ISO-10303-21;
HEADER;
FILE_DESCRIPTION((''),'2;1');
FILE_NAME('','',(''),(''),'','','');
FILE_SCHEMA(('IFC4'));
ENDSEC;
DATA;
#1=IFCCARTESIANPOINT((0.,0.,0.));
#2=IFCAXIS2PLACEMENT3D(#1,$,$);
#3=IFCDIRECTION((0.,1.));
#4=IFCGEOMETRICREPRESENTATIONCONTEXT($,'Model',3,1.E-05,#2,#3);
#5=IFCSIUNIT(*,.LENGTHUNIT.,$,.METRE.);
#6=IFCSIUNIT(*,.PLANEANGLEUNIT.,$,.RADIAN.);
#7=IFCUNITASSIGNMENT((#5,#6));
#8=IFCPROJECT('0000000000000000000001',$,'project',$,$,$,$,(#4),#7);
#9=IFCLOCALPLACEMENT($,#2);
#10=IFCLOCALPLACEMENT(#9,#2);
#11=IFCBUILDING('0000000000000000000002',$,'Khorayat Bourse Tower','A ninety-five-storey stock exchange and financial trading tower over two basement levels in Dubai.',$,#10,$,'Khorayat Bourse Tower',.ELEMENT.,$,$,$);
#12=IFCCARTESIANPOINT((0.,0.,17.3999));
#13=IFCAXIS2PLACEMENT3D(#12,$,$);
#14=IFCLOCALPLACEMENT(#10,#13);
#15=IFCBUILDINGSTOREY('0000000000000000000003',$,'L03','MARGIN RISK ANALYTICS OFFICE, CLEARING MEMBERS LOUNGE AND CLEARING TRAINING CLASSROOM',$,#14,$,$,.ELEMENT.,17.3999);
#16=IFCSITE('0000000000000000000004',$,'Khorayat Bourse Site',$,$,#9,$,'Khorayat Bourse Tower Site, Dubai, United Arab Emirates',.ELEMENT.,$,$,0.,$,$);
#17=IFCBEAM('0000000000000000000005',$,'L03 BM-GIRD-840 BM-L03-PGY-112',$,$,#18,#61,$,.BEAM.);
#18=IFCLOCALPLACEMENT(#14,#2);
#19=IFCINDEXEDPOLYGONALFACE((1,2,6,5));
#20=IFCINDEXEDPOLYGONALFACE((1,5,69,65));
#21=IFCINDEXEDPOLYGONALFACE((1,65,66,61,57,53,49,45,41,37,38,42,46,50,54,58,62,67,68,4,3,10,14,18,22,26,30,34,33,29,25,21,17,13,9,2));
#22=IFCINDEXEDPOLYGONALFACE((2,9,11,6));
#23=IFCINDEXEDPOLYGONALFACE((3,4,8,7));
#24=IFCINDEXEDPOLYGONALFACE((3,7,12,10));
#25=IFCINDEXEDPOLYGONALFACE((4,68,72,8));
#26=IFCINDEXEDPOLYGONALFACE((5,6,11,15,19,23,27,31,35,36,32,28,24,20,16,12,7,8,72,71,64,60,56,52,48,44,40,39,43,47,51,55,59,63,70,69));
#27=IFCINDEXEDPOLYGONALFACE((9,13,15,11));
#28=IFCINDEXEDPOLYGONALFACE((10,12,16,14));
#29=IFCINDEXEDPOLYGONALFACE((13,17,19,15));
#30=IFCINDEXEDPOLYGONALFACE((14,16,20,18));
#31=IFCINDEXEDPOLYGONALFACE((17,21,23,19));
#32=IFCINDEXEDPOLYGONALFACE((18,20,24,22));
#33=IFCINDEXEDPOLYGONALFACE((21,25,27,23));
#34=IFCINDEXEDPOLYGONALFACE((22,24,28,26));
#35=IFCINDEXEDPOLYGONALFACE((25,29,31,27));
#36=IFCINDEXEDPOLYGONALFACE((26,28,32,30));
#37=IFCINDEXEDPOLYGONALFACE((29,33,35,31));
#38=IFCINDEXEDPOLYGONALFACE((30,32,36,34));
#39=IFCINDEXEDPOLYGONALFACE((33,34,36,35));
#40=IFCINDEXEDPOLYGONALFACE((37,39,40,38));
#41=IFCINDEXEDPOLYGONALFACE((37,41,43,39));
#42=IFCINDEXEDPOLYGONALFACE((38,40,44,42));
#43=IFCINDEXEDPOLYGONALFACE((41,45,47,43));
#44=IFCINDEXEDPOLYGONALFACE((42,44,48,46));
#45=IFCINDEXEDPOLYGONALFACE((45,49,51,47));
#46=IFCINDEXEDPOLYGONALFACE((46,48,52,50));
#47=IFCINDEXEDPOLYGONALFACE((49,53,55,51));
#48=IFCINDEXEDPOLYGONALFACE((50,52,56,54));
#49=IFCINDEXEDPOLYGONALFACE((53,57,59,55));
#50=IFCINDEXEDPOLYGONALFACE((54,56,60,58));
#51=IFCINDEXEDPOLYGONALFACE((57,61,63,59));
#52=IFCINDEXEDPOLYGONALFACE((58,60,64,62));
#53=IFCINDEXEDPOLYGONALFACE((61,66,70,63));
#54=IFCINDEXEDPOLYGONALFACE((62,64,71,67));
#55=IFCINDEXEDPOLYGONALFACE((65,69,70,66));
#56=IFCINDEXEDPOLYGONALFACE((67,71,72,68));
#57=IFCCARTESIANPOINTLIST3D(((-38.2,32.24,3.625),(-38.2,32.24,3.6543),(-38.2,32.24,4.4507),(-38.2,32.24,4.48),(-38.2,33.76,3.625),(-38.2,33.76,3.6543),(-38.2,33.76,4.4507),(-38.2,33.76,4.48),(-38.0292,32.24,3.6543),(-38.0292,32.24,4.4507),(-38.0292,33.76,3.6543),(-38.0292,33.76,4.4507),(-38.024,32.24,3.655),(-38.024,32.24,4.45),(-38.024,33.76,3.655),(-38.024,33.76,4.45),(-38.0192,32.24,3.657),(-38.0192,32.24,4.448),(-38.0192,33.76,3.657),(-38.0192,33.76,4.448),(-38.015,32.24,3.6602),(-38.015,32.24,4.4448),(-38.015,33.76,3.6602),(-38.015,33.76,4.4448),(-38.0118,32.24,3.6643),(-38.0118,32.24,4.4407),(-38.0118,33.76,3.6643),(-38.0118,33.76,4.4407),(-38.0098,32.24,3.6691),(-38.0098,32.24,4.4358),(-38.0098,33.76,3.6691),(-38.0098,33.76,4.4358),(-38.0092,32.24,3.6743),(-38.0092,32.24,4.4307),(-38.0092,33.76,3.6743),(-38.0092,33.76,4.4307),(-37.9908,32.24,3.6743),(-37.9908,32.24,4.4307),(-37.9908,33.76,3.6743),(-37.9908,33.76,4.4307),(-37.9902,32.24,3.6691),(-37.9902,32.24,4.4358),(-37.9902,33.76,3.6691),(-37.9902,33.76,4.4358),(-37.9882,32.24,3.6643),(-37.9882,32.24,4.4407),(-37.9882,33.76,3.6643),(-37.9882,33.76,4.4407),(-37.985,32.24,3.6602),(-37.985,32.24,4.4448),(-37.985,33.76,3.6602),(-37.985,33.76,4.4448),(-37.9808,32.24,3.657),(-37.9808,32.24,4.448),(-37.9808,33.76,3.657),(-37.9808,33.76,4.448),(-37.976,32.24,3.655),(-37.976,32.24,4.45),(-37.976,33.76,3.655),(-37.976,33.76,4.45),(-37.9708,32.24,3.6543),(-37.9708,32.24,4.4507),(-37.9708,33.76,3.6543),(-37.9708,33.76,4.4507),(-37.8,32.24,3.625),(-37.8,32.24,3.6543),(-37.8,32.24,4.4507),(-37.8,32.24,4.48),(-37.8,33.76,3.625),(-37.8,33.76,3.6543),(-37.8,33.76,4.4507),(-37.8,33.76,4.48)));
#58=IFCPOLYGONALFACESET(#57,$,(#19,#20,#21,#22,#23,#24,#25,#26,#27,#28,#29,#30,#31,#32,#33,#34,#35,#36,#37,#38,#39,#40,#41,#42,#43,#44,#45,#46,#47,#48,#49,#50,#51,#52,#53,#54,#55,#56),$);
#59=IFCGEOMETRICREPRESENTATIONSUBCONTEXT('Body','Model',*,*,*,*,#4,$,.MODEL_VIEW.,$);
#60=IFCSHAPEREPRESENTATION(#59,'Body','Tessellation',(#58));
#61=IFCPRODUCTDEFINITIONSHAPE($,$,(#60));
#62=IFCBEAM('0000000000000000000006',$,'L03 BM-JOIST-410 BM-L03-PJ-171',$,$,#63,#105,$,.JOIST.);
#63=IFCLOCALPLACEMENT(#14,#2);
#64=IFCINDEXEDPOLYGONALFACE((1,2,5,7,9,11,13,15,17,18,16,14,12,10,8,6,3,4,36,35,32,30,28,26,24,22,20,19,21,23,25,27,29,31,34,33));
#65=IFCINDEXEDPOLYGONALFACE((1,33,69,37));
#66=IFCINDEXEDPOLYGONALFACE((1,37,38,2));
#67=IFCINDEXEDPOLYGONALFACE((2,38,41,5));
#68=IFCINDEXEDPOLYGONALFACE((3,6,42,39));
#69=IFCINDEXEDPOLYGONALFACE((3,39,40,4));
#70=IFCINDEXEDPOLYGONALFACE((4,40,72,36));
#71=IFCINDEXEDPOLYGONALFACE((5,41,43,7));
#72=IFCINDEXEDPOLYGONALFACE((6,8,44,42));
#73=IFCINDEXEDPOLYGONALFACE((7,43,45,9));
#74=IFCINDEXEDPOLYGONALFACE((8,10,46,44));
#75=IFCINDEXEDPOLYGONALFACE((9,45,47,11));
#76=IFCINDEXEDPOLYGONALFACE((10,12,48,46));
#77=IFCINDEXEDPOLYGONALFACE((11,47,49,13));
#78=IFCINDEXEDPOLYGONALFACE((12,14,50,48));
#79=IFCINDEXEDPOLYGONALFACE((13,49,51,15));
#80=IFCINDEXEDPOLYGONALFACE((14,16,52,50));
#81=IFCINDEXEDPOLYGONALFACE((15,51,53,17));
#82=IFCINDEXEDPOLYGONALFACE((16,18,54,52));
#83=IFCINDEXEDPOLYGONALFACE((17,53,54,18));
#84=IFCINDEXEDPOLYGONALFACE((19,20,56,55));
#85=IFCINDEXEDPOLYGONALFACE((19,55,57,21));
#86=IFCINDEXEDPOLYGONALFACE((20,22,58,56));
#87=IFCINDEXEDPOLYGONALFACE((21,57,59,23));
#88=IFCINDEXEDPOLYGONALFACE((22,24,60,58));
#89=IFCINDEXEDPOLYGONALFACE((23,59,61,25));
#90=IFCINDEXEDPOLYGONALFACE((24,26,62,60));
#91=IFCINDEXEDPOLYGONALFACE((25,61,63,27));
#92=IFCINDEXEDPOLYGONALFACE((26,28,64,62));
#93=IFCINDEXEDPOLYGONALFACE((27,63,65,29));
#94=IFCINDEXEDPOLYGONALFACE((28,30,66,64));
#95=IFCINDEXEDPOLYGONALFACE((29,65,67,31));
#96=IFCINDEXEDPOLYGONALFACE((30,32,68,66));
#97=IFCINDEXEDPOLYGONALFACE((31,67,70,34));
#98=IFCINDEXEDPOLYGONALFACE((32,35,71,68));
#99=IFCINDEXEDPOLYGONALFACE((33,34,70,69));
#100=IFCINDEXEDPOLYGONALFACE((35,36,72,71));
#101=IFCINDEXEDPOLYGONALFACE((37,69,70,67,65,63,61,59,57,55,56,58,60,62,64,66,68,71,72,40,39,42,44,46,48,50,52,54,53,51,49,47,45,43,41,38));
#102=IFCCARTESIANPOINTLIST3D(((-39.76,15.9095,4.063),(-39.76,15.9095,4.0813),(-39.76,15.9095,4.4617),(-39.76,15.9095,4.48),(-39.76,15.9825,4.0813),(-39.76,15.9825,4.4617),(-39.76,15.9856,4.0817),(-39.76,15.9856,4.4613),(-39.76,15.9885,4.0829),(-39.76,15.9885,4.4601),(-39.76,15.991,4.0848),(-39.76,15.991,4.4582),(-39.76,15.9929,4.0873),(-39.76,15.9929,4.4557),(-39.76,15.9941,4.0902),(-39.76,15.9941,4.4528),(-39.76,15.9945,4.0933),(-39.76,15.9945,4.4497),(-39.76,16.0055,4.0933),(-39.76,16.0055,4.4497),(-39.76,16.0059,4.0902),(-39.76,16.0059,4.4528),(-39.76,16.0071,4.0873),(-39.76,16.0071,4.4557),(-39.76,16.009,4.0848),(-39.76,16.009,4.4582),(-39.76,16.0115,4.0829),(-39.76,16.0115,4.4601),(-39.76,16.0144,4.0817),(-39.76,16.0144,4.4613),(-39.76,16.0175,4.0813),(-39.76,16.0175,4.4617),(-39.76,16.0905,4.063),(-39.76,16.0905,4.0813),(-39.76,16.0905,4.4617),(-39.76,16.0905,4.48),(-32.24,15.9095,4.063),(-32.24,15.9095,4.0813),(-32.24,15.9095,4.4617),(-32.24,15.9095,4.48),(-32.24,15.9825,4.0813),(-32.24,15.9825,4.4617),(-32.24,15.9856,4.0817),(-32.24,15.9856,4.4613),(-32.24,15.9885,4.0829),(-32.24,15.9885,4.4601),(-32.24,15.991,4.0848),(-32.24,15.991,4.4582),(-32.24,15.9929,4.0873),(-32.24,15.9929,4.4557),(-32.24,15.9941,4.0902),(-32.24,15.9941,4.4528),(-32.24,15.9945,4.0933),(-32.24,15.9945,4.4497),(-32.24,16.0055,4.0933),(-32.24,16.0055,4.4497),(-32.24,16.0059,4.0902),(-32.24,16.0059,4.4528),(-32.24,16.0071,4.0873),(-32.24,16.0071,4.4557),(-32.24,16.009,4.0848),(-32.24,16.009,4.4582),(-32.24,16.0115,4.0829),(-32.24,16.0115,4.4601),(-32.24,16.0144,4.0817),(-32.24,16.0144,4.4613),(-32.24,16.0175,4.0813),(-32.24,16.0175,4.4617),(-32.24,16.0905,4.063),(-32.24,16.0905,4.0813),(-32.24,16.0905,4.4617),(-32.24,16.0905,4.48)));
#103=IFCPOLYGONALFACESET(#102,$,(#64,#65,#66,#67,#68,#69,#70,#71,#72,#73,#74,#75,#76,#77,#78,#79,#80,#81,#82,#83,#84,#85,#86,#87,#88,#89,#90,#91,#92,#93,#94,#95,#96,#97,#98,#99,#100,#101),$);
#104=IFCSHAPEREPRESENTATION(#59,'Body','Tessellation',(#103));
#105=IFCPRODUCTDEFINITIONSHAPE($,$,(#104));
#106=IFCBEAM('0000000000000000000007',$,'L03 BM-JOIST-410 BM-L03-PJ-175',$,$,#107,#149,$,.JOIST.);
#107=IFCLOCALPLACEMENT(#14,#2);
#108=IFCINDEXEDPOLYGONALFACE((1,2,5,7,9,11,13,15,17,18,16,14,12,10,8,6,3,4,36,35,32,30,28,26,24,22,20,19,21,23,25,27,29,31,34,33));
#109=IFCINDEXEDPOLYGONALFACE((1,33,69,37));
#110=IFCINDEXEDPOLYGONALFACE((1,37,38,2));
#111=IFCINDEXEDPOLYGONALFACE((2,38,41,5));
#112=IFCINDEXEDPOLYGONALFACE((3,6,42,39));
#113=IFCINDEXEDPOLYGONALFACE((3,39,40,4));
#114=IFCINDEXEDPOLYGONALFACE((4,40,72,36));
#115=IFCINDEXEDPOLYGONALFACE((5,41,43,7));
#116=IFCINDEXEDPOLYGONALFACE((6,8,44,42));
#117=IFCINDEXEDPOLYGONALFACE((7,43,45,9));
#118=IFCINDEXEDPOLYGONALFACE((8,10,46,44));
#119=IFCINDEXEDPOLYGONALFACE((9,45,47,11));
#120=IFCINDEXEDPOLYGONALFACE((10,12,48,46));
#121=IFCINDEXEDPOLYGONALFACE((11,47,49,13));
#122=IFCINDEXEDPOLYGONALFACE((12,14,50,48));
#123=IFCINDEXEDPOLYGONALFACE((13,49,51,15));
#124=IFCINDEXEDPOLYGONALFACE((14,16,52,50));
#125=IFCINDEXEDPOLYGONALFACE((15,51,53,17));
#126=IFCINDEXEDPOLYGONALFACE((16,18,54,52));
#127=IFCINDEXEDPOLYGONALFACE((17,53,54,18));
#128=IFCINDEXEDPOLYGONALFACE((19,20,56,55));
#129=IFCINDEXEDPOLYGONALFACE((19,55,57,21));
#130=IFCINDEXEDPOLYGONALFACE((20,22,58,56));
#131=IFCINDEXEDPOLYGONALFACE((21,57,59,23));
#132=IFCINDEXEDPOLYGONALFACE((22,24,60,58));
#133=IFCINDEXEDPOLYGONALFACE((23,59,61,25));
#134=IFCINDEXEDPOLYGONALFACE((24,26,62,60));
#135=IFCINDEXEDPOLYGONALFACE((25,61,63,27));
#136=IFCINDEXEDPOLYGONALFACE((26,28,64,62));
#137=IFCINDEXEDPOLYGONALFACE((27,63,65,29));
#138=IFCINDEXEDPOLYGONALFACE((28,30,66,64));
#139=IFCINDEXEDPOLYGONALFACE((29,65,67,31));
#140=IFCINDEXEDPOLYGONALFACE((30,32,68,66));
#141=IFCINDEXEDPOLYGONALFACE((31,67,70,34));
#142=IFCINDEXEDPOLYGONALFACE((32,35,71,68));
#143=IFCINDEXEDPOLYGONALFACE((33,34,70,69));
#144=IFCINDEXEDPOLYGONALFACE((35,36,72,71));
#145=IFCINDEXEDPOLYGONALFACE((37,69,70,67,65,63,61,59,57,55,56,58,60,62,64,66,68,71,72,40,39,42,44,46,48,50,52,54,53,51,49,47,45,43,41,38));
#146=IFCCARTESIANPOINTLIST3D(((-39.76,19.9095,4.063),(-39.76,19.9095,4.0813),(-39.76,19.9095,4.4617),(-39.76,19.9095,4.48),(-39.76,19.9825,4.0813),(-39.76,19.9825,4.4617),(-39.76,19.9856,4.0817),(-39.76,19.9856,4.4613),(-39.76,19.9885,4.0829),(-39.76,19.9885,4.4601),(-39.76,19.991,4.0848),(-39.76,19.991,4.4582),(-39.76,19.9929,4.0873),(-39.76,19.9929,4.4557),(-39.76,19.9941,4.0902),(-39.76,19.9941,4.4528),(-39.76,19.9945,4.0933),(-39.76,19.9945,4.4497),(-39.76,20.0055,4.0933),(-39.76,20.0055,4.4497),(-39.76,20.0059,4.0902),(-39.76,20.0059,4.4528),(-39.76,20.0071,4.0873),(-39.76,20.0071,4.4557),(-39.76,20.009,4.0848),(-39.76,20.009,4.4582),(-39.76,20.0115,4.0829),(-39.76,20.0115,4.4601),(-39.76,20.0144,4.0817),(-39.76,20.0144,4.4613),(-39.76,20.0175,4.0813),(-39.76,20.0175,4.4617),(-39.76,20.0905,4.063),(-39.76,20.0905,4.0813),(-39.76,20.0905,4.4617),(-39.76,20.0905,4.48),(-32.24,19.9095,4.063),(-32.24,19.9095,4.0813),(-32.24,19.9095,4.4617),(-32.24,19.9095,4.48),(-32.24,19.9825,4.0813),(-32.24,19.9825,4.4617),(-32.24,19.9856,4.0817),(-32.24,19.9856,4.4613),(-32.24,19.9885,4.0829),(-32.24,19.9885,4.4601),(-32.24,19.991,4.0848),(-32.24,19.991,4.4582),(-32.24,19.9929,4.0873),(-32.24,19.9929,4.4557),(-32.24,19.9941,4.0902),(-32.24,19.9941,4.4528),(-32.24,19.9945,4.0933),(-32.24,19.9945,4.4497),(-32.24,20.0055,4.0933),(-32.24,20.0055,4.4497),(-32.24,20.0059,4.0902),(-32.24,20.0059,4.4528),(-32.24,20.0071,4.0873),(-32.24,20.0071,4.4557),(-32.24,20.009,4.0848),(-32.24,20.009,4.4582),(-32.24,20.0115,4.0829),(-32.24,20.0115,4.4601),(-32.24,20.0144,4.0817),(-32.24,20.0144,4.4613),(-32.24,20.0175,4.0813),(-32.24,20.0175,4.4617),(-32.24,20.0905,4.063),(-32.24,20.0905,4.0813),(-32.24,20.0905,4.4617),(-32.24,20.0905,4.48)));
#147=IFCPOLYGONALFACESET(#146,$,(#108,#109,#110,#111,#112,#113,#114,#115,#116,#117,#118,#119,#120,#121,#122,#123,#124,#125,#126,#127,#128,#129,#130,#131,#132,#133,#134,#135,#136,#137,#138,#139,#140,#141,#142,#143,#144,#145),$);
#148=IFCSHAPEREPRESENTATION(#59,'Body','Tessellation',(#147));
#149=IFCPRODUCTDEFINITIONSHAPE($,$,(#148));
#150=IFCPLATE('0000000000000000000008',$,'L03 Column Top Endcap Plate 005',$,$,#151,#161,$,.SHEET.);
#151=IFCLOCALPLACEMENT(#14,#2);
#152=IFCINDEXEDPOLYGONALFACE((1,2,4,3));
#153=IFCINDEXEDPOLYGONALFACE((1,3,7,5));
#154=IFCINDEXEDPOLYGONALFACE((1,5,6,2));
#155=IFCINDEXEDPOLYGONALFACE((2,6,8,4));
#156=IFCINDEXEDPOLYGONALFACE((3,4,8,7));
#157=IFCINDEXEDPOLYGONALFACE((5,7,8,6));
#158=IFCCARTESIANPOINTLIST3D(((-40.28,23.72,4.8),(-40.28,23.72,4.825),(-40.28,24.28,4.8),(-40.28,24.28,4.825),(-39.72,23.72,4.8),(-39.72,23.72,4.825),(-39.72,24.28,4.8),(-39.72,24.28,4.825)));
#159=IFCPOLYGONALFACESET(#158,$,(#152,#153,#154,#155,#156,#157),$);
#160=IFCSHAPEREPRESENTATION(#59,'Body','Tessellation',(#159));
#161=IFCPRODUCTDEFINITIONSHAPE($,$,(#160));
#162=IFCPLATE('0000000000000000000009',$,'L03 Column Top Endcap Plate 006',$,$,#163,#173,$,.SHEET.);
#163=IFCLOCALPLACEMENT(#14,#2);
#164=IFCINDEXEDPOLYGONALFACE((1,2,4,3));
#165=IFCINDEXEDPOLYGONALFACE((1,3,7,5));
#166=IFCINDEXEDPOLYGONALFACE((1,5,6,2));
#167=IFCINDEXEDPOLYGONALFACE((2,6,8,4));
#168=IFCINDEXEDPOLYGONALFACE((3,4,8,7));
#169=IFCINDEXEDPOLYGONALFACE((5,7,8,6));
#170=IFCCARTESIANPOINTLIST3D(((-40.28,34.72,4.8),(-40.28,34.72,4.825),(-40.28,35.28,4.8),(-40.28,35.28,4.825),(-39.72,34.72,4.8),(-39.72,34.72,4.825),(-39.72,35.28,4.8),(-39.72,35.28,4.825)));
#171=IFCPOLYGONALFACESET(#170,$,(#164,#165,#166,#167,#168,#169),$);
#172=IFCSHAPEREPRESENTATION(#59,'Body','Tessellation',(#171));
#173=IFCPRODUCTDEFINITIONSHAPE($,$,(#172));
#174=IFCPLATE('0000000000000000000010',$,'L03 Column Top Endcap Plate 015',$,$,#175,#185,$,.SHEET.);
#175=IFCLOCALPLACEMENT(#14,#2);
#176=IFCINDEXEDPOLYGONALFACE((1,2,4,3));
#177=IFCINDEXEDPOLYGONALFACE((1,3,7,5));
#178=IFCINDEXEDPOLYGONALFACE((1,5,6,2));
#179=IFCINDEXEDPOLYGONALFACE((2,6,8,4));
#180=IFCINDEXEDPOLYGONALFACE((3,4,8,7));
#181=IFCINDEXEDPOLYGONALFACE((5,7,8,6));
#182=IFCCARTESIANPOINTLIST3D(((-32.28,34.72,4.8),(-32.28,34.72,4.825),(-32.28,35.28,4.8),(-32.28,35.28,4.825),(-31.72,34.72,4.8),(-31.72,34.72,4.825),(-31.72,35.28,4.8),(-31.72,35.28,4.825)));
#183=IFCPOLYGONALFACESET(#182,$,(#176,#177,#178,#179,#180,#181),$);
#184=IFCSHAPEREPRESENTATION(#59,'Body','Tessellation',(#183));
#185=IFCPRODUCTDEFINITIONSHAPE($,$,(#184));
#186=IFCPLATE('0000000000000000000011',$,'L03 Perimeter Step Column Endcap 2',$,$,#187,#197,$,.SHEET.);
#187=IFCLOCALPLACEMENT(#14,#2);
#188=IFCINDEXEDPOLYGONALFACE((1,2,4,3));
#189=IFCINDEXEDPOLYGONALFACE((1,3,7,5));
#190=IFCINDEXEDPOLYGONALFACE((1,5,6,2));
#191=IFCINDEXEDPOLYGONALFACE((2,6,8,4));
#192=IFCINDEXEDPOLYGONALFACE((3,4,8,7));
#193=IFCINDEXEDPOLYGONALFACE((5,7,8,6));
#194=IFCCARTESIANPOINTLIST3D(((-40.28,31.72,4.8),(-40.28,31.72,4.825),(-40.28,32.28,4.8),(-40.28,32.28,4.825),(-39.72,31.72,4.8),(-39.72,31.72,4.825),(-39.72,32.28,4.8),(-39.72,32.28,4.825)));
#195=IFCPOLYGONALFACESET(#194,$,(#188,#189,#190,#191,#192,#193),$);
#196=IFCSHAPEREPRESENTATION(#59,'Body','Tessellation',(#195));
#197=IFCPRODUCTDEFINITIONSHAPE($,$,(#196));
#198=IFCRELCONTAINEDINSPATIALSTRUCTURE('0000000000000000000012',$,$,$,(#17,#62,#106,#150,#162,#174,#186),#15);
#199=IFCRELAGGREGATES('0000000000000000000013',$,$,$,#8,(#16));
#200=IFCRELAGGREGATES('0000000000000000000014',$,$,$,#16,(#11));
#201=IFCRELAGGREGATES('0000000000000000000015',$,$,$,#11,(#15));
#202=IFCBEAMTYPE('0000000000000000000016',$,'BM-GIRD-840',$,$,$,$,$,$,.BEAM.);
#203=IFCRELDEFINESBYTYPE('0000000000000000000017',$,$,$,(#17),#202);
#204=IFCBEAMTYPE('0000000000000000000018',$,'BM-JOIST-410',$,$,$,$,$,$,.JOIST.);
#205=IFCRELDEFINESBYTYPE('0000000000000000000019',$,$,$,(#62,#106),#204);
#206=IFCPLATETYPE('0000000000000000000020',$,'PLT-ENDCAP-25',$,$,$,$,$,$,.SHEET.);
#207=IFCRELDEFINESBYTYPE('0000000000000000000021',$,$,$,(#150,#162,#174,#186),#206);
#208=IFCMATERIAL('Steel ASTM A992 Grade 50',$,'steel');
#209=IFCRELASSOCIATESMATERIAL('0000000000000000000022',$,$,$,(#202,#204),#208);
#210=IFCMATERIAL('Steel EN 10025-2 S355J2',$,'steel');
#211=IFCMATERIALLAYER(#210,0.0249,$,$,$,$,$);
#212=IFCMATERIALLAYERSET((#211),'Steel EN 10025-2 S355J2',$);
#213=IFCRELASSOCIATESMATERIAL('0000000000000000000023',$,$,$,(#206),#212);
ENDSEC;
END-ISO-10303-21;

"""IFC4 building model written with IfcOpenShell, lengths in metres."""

from ifc_helpers import new_model, si_unit, direction, frame, origin, origin_2d, place, context, subcontext, project, spatial, rectangle, i_section, extrude, source, transform, mapped, material, layer, layer_set, material_profile, profile_set, type_object, element, save


model = new_model("IFC4")

# Units and contexts
model_context = context("Model", 3, precision=1e-05, world=origin(), true_north=direction((0.0, 1.0)))
body_context = subcontext(model_context, "Body", "Model", "MODEL_VIEW")
ifc_project = project(units=[si_unit("LENGTHUNIT", "METRE"), si_unit("PLANEANGLEUNIT", "RADIAN")], contexts=[model_context])

# Site, building, storey
site_placement = place(None, origin())
site = spatial("IfcSite", under=ifc_project, at=site_placement, Name="Khorayat Bourse Site", LongName="Khorayat Bourse Tower Site, Dubai, United Arab Emirates", CompositionType="ELEMENT", RefElevation=0.0)
building_placement = place(site_placement, origin())
building = spatial("IfcBuilding", under=site, at=building_placement, Name="Khorayat Bourse Tower", Description="A ninety-five-storey stock exchange and financial trading tower over two basement levels in Dubai.", LongName="Khorayat Bourse Tower", CompositionType="ELEMENT")
storey_placement = place(building_placement, frame((0.0, 0.0, 17.3999)))
storey = spatial("IfcBuildingStorey", under=building, at=storey_placement, Name="L03", Description="MARGIN RISK ANALYTICS OFFICE, CLEARING MEMBERS LOUNGE AND CLEARING TRAINING CLASSROOM", CompositionType="ELEMENT", Elevation=17.3999)

# Shared definitions
ifc_material_1 = material(Name="Steel EN 10025-2 S355J2", Category="steel")

# Beams
ifc_material_2 = material(Name="Steel ASTM A992 Grade 50", Category="steel")
ifc_material_profile_1 = material_profile(ifc_material_2, i_section(OverallWidth=0.3999, OverallDepth=0.855, WebThickness=0.0183, FlangeThickness=0.0293, FilletRadius=0.02, at=origin_2d()), Name="W840X299")
ifc_profile_set_1 = profile_set([ifc_material_profile_1], Name="Steel ASTM A992 Grade 50")
beam_type_1 = type_object("IfcBeamType", Name="BM-GIRD-840", PredefinedType="BEAM", material=ifc_profile_set_1)
ifc_material_profile_2 = material_profile(ifc_material_2, i_section(OverallWidth=0.1809, OverallDepth=0.417, WebThickness=0.011, FlangeThickness=0.0183, FilletRadius=0.012, at=origin_2d()), Name="W410X85")
ifc_profile_set_2 = profile_set([ifc_material_profile_2], Name="Steel ASTM A992 Grade 50")
beam_type_2 = type_object("IfcBeamType", Name="BM-JOIST-410", PredefinedType="JOIST", material=ifc_profile_set_2)
shared_shape_1 = source(origin(), body_context, "Body", "SweptSolid", [
    extrude(i_section(OverallWidth=0.3999, OverallDepth=0.855, WebThickness=0.0183, FlangeThickness=0.0293, FilletRadius=0.02, at=origin_2d()), origin(), (0.0, 0.0, 1.0), 1.52),
])
beam_1_placement = place(storey_placement, frame((-38.0, 32.24, 4.0525), z_axis=(0.0, 1.0, 0.0), x_axis=(-1.0, 0.0, 0.0)))
element("IfcBeam", 1, at=beam_1_placement, inside=storey, type_object=beam_type_1, Name="L03 BM-GIRD-840 BM-L03-PGY-112", PredefinedType="BEAM", context=body_context, shape_type="MappedRepresentation", body=[
    mapped(shared_shape_1, transform((0.0, 0.0, 0.0), scale=1.0)),
])
shared_shape_2 = source(origin(), body_context, "Body", "SweptSolid", [
    extrude(i_section(OverallWidth=0.1809, OverallDepth=0.417, WebThickness=0.011, FlangeThickness=0.0183, FilletRadius=0.012, at=origin_2d()), origin(), (0.0, 0.0, 1.0), 7.52),
])
for number, where, z_axis, x_axis, name in (
    (2, (-39.76, 16.0, 4.2715), (1.0, 0.0, 0.0), (0.0, 1.0, 0.0), "L03 BM-JOIST-410 BM-L03-PJ-171"),
    (3, (-39.76, 20.0, 4.2715), (1.0, 0.0, 0.0), (0.0, 1.0, 0.0), "L03 BM-JOIST-410 BM-L03-PJ-175"),
):
    element("IfcBeam", number, at=place(storey_placement, frame(where, z_axis=z_axis, x_axis=x_axis)), inside=storey, type_object=beam_type_2, Name=name, PredefinedType="JOIST", context=body_context, shape_type="MappedRepresentation", body=[
        mapped(shared_shape_2, transform((0.0, 0.0, 0.0), scale=1.0)),
    ])

# Plates
ifc_layer_1 = layer(ifc_material_1, 0.0249)
ifc_layer_set_1 = layer_set([ifc_layer_1], Name="Steel EN 10025-2 S355J2")
plate_type = type_object("IfcPlateType", Name="PLT-ENDCAP-25", PredefinedType="SHEET", material=ifc_layer_set_1)
shared_shape_3 = source(origin(), body_context, "Body", "SweptSolid", [
    extrude(rectangle(XDim=0.5601, YDim=0.5601, at=origin_2d()), origin(), (0.0, 0.0, 1.0), 0.0249),
])
for number, where, z_axis, x_axis, name in (
    (4, (-40.0, 24.0, 4.8), (0.0, 0.0, 1.0), (1.0, 0.0, 0.0), "L03 Column Top Endcap Plate 005"),
    (5, (-40.0, 35.0, 4.8), (0.0, 0.0, 1.0), (1.0, 0.0, 0.0), "L03 Column Top Endcap Plate 006"),
    (6, (-32.0, 35.0, 4.8), (0.0, 0.0, 1.0), (1.0, 0.0, 0.0), "L03 Column Top Endcap Plate 015"),
    (7, (-40.0, 32.0, 4.8), (0.0, 0.0, 1.0), (1.0, 0.0, 0.0), "L03 Perimeter Step Column Endcap 2"),
):
    element("IfcPlate", number, at=place(storey_placement, frame(where, z_axis=z_axis, x_axis=x_axis)), inside=storey, type_object=plate_type, Name=name, PredefinedType="SHEET", context=body_context, shape_type="MappedRepresentation", body=[
        mapped(shared_shape_3, transform((0.0, 0.0, 0.0), scale=1.0)),
    ])

save(model, "model.ifc")
